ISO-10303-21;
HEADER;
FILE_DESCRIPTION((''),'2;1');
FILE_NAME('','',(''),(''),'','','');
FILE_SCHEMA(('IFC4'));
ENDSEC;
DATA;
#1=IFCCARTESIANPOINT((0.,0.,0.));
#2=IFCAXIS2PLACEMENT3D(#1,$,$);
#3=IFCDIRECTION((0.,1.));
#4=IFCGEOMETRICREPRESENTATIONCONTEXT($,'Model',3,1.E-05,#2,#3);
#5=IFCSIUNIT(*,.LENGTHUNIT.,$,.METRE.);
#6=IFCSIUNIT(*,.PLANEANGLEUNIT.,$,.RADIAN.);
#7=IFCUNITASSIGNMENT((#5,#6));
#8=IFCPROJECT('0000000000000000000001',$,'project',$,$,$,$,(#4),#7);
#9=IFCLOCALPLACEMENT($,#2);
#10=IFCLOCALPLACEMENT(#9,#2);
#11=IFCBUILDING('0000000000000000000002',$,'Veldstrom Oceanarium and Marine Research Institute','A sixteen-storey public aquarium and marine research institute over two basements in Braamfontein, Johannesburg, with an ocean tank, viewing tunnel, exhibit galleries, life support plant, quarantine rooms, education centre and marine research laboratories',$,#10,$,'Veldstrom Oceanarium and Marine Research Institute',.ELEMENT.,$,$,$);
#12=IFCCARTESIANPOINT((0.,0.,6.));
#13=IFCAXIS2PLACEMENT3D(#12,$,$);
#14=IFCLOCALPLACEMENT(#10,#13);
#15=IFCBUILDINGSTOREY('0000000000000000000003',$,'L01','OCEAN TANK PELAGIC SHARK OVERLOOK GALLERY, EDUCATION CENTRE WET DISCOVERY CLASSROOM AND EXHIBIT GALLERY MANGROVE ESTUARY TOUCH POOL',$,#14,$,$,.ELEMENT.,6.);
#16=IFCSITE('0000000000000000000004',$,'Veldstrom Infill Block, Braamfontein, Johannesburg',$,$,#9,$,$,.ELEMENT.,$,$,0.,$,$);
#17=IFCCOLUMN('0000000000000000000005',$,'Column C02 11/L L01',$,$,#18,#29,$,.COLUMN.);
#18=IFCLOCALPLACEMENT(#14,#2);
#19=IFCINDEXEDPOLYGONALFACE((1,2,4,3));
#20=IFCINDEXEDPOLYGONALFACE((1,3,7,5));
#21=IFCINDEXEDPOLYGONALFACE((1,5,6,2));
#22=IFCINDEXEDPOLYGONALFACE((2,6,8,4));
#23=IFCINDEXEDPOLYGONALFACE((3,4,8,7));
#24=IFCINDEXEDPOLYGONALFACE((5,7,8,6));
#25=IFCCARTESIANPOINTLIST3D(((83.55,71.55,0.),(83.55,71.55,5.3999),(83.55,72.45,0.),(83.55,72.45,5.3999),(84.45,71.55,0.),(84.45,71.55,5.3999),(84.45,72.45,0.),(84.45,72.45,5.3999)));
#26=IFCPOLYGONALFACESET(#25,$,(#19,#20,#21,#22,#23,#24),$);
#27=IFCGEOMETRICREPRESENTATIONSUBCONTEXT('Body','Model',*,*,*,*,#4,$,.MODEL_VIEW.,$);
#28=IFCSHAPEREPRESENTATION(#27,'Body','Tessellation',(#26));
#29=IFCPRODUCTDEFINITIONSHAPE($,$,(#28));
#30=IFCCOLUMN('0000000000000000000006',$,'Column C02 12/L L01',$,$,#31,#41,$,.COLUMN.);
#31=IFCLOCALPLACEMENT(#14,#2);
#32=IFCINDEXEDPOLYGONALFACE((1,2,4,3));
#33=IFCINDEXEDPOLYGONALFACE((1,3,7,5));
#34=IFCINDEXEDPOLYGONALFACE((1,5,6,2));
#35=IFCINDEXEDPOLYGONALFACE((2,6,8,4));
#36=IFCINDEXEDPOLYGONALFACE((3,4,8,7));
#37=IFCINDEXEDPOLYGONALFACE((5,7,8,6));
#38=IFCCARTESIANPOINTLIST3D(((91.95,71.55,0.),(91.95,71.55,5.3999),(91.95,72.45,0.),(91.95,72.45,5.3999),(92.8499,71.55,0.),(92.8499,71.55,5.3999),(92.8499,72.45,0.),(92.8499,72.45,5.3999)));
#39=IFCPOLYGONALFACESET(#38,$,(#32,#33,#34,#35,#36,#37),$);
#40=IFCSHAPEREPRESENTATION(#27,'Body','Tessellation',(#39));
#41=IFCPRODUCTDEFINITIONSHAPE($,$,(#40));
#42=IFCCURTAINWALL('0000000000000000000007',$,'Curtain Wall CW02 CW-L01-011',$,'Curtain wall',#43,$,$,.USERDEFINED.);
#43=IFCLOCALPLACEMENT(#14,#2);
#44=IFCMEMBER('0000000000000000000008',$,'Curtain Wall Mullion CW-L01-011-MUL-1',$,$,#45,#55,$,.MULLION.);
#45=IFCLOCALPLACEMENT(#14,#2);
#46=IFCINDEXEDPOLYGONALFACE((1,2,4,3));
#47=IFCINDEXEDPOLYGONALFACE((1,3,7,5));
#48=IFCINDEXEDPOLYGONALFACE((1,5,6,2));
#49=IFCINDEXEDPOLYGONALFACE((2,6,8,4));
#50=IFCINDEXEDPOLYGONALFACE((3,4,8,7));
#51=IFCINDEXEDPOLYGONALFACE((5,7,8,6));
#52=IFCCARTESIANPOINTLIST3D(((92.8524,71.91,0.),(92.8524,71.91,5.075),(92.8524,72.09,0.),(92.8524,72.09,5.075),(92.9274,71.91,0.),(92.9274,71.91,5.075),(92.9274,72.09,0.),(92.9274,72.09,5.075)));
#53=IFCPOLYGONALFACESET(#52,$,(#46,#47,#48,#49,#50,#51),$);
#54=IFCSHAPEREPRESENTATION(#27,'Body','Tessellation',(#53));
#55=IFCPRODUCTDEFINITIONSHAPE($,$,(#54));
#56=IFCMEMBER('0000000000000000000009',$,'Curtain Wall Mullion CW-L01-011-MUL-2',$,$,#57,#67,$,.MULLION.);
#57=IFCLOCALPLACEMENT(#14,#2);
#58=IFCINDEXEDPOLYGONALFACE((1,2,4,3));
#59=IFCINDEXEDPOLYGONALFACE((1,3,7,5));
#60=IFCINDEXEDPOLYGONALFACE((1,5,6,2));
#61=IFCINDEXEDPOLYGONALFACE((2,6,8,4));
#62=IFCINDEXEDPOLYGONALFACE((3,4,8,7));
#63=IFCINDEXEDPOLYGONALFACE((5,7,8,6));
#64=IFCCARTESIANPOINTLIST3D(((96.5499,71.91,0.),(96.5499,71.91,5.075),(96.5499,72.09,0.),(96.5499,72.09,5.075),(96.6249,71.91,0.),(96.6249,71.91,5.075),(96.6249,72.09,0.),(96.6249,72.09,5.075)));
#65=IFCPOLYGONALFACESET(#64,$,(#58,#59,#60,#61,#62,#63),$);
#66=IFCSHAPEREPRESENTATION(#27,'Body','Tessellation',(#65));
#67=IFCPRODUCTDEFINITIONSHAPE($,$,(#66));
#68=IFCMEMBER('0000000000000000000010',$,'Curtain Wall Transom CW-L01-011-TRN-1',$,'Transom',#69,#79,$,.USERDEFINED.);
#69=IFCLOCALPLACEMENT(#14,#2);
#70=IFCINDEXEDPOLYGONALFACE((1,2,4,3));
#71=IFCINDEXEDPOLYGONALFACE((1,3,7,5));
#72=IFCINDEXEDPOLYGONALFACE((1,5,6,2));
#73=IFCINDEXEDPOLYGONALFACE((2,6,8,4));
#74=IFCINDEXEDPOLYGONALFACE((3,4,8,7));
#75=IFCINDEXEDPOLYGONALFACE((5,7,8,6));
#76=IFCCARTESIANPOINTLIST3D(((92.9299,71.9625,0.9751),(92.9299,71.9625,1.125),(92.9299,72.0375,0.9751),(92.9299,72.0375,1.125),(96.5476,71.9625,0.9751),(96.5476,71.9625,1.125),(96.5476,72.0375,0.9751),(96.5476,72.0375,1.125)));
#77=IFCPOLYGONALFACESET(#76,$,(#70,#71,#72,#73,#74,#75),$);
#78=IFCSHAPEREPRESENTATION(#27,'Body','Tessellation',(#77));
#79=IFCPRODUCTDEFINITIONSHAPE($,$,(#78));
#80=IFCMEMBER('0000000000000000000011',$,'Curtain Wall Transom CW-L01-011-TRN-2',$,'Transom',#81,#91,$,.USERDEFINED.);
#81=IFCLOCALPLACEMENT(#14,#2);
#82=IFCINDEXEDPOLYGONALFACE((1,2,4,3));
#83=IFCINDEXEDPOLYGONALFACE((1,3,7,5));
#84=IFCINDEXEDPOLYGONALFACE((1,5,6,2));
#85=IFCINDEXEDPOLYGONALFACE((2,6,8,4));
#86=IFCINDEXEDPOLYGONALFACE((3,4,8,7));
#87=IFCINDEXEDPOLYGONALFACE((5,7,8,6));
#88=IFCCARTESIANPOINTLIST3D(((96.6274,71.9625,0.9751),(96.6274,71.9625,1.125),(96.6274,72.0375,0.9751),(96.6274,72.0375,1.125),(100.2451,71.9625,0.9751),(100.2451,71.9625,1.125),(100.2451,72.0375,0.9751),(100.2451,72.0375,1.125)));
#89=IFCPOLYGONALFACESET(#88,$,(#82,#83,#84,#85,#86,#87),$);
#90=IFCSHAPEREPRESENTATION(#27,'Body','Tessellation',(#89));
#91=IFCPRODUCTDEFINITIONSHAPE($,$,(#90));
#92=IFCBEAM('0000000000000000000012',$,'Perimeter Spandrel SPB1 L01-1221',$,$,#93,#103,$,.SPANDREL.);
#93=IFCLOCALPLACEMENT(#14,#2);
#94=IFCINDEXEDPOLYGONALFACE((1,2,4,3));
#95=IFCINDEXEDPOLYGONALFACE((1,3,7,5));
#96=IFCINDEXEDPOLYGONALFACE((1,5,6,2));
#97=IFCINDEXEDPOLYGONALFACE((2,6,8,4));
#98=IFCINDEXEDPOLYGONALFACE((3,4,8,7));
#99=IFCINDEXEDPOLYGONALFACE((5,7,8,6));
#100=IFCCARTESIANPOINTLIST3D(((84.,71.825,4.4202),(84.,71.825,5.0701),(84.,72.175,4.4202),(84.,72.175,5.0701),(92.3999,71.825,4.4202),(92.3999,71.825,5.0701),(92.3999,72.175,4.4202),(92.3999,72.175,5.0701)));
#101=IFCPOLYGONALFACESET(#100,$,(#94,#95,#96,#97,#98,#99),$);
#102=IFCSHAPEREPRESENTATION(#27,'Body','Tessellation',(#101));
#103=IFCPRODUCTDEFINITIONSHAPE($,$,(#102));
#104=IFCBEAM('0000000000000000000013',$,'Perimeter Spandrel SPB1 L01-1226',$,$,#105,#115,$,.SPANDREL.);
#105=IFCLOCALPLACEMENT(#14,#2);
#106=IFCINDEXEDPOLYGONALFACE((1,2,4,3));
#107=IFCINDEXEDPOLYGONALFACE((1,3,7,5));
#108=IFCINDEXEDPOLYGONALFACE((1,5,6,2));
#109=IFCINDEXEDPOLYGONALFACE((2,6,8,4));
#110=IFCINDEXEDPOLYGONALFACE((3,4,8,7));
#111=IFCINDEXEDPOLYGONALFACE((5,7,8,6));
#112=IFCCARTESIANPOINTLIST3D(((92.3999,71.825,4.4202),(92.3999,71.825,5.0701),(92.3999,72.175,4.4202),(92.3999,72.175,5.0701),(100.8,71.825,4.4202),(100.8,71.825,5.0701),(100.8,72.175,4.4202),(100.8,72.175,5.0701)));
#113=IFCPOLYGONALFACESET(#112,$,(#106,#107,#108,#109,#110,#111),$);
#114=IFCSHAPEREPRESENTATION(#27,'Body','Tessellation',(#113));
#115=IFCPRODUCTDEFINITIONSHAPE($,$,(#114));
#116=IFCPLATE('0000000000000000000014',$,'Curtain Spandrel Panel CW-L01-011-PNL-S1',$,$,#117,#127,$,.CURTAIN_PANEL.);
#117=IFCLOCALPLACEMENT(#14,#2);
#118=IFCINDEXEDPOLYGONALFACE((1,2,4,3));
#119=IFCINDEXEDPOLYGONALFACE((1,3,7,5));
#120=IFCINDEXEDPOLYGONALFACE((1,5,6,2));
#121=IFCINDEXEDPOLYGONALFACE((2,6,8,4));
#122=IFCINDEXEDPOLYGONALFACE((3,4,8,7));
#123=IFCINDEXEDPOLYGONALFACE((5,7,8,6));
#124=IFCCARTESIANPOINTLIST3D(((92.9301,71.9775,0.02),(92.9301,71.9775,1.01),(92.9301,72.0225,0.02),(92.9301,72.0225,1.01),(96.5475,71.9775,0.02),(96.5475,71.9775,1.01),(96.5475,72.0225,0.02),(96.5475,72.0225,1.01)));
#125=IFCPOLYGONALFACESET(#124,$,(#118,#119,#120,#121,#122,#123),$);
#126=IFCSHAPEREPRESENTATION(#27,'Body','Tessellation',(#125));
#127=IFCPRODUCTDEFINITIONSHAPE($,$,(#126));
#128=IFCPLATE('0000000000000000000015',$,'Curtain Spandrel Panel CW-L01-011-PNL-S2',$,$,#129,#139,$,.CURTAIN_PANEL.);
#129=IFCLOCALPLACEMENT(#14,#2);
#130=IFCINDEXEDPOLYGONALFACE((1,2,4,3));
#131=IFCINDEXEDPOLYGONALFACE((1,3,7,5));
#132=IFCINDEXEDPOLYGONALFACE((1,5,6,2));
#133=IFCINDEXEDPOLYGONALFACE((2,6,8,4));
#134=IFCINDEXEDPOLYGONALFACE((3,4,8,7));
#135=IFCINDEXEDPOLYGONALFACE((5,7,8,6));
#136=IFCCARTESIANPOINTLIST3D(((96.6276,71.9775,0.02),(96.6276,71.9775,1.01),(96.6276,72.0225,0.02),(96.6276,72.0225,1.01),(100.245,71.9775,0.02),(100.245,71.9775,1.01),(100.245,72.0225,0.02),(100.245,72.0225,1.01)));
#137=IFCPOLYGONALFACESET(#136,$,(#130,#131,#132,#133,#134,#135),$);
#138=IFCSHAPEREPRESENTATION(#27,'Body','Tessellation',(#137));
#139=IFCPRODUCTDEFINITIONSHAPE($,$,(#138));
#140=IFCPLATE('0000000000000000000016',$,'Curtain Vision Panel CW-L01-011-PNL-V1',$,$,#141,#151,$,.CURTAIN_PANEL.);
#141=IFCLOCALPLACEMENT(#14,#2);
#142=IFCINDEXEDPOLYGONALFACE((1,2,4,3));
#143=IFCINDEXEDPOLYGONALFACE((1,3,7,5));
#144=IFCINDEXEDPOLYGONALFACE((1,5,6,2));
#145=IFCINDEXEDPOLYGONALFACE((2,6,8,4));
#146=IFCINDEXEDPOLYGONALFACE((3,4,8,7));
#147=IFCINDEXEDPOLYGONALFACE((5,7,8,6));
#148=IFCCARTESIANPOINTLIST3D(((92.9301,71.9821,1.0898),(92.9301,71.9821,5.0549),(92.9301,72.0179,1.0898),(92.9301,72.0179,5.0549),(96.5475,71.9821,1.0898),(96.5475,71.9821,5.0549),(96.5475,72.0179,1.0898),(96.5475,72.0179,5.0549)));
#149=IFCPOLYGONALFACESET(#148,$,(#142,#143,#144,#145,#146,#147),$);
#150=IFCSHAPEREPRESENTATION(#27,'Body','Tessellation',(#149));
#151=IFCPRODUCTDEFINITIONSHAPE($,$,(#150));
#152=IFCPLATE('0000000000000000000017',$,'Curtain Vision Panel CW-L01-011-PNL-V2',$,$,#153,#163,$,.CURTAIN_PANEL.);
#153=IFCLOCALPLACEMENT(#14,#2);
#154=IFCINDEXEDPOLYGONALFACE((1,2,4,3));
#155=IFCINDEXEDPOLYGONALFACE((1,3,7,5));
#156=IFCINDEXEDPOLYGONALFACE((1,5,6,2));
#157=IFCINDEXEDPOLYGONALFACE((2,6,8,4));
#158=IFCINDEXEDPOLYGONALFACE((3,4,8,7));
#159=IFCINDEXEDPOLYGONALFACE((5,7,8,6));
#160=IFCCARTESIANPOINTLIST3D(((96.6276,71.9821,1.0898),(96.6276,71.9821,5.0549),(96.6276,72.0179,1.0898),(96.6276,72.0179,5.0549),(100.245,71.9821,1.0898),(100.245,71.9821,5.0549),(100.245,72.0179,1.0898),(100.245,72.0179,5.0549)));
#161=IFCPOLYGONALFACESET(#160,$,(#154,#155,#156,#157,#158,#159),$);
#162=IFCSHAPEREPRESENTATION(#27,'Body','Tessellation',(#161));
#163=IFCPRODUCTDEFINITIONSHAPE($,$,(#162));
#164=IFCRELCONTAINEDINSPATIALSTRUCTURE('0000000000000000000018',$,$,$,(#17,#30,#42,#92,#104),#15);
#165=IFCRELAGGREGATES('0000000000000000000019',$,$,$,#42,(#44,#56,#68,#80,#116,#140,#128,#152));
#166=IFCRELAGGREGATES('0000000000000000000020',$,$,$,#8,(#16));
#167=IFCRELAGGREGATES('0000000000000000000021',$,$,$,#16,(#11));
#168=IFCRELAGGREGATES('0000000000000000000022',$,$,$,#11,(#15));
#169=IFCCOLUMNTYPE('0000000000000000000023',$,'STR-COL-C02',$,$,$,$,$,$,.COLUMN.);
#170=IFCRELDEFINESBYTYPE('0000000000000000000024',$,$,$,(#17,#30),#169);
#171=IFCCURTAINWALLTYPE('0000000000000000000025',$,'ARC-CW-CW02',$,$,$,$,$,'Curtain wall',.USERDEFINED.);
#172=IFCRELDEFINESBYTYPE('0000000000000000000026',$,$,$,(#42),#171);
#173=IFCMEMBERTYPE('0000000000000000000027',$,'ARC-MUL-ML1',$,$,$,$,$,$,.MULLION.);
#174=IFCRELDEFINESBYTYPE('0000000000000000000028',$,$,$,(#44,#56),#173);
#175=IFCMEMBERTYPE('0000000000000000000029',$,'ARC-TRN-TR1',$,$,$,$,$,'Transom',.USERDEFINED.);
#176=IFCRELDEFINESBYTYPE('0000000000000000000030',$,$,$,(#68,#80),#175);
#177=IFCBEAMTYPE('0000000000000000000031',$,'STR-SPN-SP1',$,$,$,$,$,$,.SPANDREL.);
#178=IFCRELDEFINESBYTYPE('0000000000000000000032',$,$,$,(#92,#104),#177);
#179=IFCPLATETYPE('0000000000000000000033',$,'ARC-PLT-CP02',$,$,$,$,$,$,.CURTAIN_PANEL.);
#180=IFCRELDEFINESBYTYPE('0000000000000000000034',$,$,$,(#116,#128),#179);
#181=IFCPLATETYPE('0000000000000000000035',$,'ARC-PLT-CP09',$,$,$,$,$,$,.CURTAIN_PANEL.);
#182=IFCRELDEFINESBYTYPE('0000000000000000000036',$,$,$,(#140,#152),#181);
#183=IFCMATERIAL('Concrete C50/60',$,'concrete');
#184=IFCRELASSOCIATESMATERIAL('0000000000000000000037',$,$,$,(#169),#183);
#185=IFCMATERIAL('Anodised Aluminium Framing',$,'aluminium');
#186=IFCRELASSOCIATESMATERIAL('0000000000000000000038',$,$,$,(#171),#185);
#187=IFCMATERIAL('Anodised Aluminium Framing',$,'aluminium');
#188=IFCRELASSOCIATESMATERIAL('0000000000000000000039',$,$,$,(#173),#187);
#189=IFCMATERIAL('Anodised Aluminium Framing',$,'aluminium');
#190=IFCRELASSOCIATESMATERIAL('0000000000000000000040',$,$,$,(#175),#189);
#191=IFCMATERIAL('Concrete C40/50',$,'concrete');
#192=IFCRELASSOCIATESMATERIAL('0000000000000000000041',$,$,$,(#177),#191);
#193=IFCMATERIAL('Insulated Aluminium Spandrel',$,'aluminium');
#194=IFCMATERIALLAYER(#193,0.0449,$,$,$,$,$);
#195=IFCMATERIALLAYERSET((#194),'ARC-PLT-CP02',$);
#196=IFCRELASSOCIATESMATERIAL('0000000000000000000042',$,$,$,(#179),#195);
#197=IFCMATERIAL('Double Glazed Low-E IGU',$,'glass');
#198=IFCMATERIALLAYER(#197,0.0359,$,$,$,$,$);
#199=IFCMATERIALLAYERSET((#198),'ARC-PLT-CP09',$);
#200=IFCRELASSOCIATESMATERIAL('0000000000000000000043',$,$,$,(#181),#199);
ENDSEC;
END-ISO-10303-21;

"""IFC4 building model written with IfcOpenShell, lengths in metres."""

from ifc_helpers import new_model, si_unit, direction, frame, origin, origin_2d, place, context, subcontext, project, spatial, rectangle, extrude, material, layer, layer_set, material_profile, profile_set, type_object, element, aggregate, save


model = new_model("IFC4")

# Units and contexts
model_context = context("Model", 3, precision=1e-05, world=origin(), true_north=direction((0.0, 1.0)))
body_context = subcontext(model_context, "Body", "Model", "MODEL_VIEW")
ifc_project = project(units=[si_unit("LENGTHUNIT", "METRE"), si_unit("PLANEANGLEUNIT", "RADIAN")], contexts=[model_context])

# Site, building, storey
site_placement = place(None, origin())
site = spatial("IfcSite", under=ifc_project, at=site_placement, Name="Veldstrom Infill Block, Braamfontein, Johannesburg", CompositionType="ELEMENT", RefElevation=0.0)
building_placement = place(site_placement, origin())
building = spatial("IfcBuilding", under=site, at=building_placement, Name="Veldstrom Oceanarium and Marine Research Institute", Description="A sixteen-storey public aquarium and marine research institute over two basements in Braamfontein, Johannesburg, with an ocean tank, viewing tunnel, exhibit galleries, life support plant, quarantine rooms, education centre and marine research laboratories", LongName="Veldstrom Oceanarium and Marine Research Institute", CompositionType="ELEMENT")
storey_placement = place(building_placement, frame((0.0, 0.0, 6.0)))
storey = spatial("IfcBuildingStorey", under=building, at=storey_placement, Name="L01", Description="OCEAN TANK PELAGIC SHARK OVERLOOK GALLERY, EDUCATION CENTRE WET DISCOVERY CLASSROOM AND EXHIBIT GALLERY MANGROVE ESTUARY TOUCH POOL", CompositionType="ELEMENT", Elevation=6.0)

# Columns
ifc_material_1 = material(Name="Concrete C50/60", Category="concrete")
ifc_material_profile_1 = material_profile(ifc_material_1, rectangle(XDim=0.8999, YDim=0.8999, at=origin_2d()), Name="RC-COL-900x900")
ifc_profile_set_1 = profile_set([ifc_material_profile_1], Name="Concrete C50/60")
column_type = type_object("IfcColumnType", Name="STR-COL-C02", PredefinedType="COLUMN", material=ifc_profile_set_1)
for number, where, z_axis, x_axis, name in (
    (1, (84.0, 72.0, 0.0), (0.0, 0.0, 1.0), (1.0, 0.0, 0.0), "Column C02 11/L L01"),
    (2, (92.3999, 72.0, 0.0), (0.0, 0.0, 1.0), (1.0, 0.0, 0.0), "Column C02 12/L L01"),
):
    element("IfcColumn", number, at=place(storey_placement, frame(where, z_axis=z_axis, x_axis=x_axis)), inside=storey, type_object=column_type, Name=name, PredefinedType="COLUMN", context=body_context, shape_type="SweptSolid", body=[
        extrude(rectangle(XDim=0.8999, YDim=0.8999, at=origin_2d()), origin(), (0.0, 0.0, 1.0), 5.3999),
    ])

# Curtain wall, members
ifc_material_2 = material(Name="Anodised Aluminium Framing", Category="aluminium")
curtain_wall_type = type_object("IfcCurtainWallType", Name="ARC-CW-CW02", ElementType="Curtain wall", PredefinedType="USERDEFINED", material=ifc_material_2)
curtain_wall_placement = place(storey_placement, origin())
curtain_wall = element("IfcCurtainWall", 3, at=curtain_wall_placement, inside=storey, type_object=curtain_wall_type, Name="Curtain Wall CW02 CW-L01-011", ObjectType="Curtain wall", PredefinedType="USERDEFINED")
ifc_material_3 = material(Name="Anodised Aluminium Framing", Category="aluminium")
ifc_material_profile_2 = material_profile(ifc_material_3, rectangle(XDim=0.075, YDim=0.1799, at=origin_2d()), Name="ALU-MUL-75x180")
ifc_profile_set_2 = profile_set([ifc_material_profile_2], Name="Anodised Aluminium Framing")
member_type_1 = type_object("IfcMemberType", Name="ARC-MUL-ML1", PredefinedType="MULLION", material=ifc_profile_set_2)
member_1_placement = place(storey_placement, frame((92.8899, 72.0, 0.0), z_axis=(0.0, 0.0, 1.0), x_axis=(1.0, 0.0, 0.0)))
member_1 = element("IfcMember", 4, at=member_1_placement, type_object=member_type_1, Name="Curtain Wall Mullion CW-L01-011-MUL-1", PredefinedType="MULLION", context=body_context, shape_type="SweptSolid", body=[
    extrude(rectangle(XDim=0.075, YDim=0.1799, at=origin_2d()), origin(), (0.0, 0.0, 1.0), 5.075),
])
member_2_placement = place(storey_placement, frame((96.5874, 72.0, 0.0), z_axis=(0.0, 0.0, 1.0), x_axis=(1.0, 0.0, 0.0)))
member_2 = element("IfcMember", 5, at=member_2_placement, type_object=member_type_1, Name="Curtain Wall Mullion CW-L01-011-MUL-2", PredefinedType="MULLION", context=body_context, shape_type="SweptSolid", body=[
    extrude(rectangle(XDim=0.075, YDim=0.1799, at=origin_2d()), origin(), (0.0, 0.0, 1.0), 5.075),
])
ifc_material_4 = material(Name="Anodised Aluminium Framing", Category="aluminium")
ifc_material_profile_3 = material_profile(ifc_material_4, rectangle(XDim=0.075, YDim=0.1499, at=origin_2d()), Name="ALU-TRN-75x150")
ifc_profile_set_3 = profile_set([ifc_material_profile_3], Name="Anodised Aluminium Framing")
member_type_2 = type_object("IfcMemberType", Name="ARC-TRN-TR1", ElementType="Transom", PredefinedType="USERDEFINED", material=ifc_profile_set_3)
member_3_placement = place(storey_placement, frame((92.9299, 72.0, 1.05), z_axis=(1.0, 0.0, 0.0), x_axis=(0.0, 1.0, 0.0)))
member_3 = element("IfcMember", 6, at=member_3_placement, type_object=member_type_2, Name="Curtain Wall Transom CW-L01-011-TRN-1", ObjectType="Transom", PredefinedType="USERDEFINED", context=body_context, shape_type="SweptSolid", body=[
    extrude(rectangle(XDim=0.075, YDim=0.1499, at=origin_2d()), origin(), (0.0, 0.0, 1.0), 3.6177),
])
member_4_placement = place(storey_placement, frame((96.6274, 72.0, 1.05), z_axis=(1.0, 0.0, 0.0), x_axis=(0.0, 1.0, 0.0)))
member_4 = element("IfcMember", 7, at=member_4_placement, type_object=member_type_2, Name="Curtain Wall Transom CW-L01-011-TRN-2", ObjectType="Transom", PredefinedType="USERDEFINED", context=body_context, shape_type="SweptSolid", body=[
    extrude(rectangle(XDim=0.075, YDim=0.1499, at=origin_2d()), origin(), (0.0, 0.0, 1.0), 3.6177),
])

# Beams
ifc_material_5 = material(Name="Concrete C40/50", Category="concrete")
ifc_material_profile_4 = material_profile(ifc_material_5, rectangle(XDim=0.3501, YDim=0.6499, at=origin_2d()), Name="RC-SPN-350x650")
ifc_profile_set_4 = profile_set([ifc_material_profile_4], Name="Concrete C40/50")
beam_type = type_object("IfcBeamType", Name="STR-SPN-SP1", PredefinedType="SPANDREL", material=ifc_profile_set_4)
beam_1_placement = place(storey_placement, frame((84.0, 72.0, 4.7451), z_axis=(1.0, 0.0, 0.0), x_axis=(0.0, 1.0, 0.0)))
element("IfcBeam", 8, at=beam_1_placement, inside=storey, type_object=beam_type, Name="Perimeter Spandrel SPB1 L01-1221", PredefinedType="SPANDREL", context=body_context, shape_type="SweptSolid", body=[
    extrude(rectangle(XDim=0.3501, YDim=0.6499, at=origin_2d()), origin(), (0.0, 0.0, 1.0), 8.3999),
])
beam_2_placement = place(storey_placement, frame((92.3999, 72.0, 4.7451), z_axis=(1.0, 0.0, 0.0), x_axis=(0.0, 1.0, 0.0)))
element("IfcBeam", 9, at=beam_2_placement, inside=storey, type_object=beam_type, Name="Perimeter Spandrel SPB1 L01-1226", PredefinedType="SPANDREL", context=body_context, shape_type="SweptSolid", body=[
    extrude(rectangle(XDim=0.3501, YDim=0.6499, at=origin_2d()), origin(), (0.0, 0.0, 1.0), 8.4001),
])

# Plates
ifc_material_6 = material(Name="Insulated Aluminium Spandrel", Category="aluminium")
ifc_layer_1 = layer(ifc_material_6, 0.0449)
ifc_layer_set_1 = layer_set([ifc_layer_1], Name="ARC-PLT-CP02")
plate_type_1 = type_object("IfcPlateType", Name="ARC-PLT-CP02", PredefinedType="CURTAIN_PANEL", material=ifc_layer_set_1)
plate_1_placement = place(storey_placement, frame((94.7388, 72.0, 0.02), z_axis=(0.0, 0.0, 1.0), x_axis=(1.0, 0.0, 0.0)))
plate_1 = element("IfcPlate", 10, at=plate_1_placement, type_object=plate_type_1, Name="Curtain Spandrel Panel CW-L01-011-PNL-S1", PredefinedType="CURTAIN_PANEL", context=body_context, shape_type="SweptSolid", body=[
    extrude(rectangle(XDim=3.6174, YDim=0.0449, at=origin_2d()), origin(), (0.0, 0.0, 1.0), 0.99),
])
plate_2_placement = place(storey_placement, frame((98.4363, 72.0, 0.02), z_axis=(0.0, 0.0, 1.0), x_axis=(1.0, 0.0, 0.0)))
plate_2 = element("IfcPlate", 11, at=plate_2_placement, type_object=plate_type_1, Name="Curtain Spandrel Panel CW-L01-011-PNL-S2", PredefinedType="CURTAIN_PANEL", context=body_context, shape_type="SweptSolid", body=[
    extrude(rectangle(XDim=3.6174, YDim=0.0449, at=origin_2d()), origin(), (0.0, 0.0, 1.0), 0.99),
])
ifc_material_7 = material(Name="Double Glazed Low-E IGU", Category="glass")
ifc_layer_2 = layer(ifc_material_7, 0.0359)
ifc_layer_set_2 = layer_set([ifc_layer_2], Name="ARC-PLT-CP09")
plate_type_2 = type_object("IfcPlateType", Name="ARC-PLT-CP09", PredefinedType="CURTAIN_PANEL", material=ifc_layer_set_2)
plate_3_placement = place(storey_placement, frame((94.7388, 72.0, 1.0898), z_axis=(0.0, 0.0, 1.0), x_axis=(1.0, 0.0, 0.0)))
plate_3 = element("IfcPlate", 12, at=plate_3_placement, type_object=plate_type_2, Name="Curtain Vision Panel CW-L01-011-PNL-V1", PredefinedType="CURTAIN_PANEL", context=body_context, shape_type="SweptSolid", body=[
    extrude(rectangle(XDim=3.6174, YDim=0.0359, at=origin_2d()), origin(), (0.0, 0.0, 1.0), 3.9651),
])
plate_4_placement = place(storey_placement, frame((98.4363, 72.0, 1.0898), z_axis=(0.0, 0.0, 1.0), x_axis=(1.0, 0.0, 0.0)))
plate_4 = element("IfcPlate", 13, at=plate_4_placement, type_object=plate_type_2, Name="Curtain Vision Panel CW-L01-011-PNL-V2", PredefinedType="CURTAIN_PANEL", context=body_context, shape_type="SweptSolid", body=[
    extrude(rectangle(XDim=3.6174, YDim=0.0359, at=origin_2d()), origin(), (0.0, 0.0, 1.0), 3.9651),
])
aggregate(curtain_wall, [member_1, member_2, member_3, member_4, plate_1, plate_3, plate_2, plate_4])

save(model, "model.ifc")
